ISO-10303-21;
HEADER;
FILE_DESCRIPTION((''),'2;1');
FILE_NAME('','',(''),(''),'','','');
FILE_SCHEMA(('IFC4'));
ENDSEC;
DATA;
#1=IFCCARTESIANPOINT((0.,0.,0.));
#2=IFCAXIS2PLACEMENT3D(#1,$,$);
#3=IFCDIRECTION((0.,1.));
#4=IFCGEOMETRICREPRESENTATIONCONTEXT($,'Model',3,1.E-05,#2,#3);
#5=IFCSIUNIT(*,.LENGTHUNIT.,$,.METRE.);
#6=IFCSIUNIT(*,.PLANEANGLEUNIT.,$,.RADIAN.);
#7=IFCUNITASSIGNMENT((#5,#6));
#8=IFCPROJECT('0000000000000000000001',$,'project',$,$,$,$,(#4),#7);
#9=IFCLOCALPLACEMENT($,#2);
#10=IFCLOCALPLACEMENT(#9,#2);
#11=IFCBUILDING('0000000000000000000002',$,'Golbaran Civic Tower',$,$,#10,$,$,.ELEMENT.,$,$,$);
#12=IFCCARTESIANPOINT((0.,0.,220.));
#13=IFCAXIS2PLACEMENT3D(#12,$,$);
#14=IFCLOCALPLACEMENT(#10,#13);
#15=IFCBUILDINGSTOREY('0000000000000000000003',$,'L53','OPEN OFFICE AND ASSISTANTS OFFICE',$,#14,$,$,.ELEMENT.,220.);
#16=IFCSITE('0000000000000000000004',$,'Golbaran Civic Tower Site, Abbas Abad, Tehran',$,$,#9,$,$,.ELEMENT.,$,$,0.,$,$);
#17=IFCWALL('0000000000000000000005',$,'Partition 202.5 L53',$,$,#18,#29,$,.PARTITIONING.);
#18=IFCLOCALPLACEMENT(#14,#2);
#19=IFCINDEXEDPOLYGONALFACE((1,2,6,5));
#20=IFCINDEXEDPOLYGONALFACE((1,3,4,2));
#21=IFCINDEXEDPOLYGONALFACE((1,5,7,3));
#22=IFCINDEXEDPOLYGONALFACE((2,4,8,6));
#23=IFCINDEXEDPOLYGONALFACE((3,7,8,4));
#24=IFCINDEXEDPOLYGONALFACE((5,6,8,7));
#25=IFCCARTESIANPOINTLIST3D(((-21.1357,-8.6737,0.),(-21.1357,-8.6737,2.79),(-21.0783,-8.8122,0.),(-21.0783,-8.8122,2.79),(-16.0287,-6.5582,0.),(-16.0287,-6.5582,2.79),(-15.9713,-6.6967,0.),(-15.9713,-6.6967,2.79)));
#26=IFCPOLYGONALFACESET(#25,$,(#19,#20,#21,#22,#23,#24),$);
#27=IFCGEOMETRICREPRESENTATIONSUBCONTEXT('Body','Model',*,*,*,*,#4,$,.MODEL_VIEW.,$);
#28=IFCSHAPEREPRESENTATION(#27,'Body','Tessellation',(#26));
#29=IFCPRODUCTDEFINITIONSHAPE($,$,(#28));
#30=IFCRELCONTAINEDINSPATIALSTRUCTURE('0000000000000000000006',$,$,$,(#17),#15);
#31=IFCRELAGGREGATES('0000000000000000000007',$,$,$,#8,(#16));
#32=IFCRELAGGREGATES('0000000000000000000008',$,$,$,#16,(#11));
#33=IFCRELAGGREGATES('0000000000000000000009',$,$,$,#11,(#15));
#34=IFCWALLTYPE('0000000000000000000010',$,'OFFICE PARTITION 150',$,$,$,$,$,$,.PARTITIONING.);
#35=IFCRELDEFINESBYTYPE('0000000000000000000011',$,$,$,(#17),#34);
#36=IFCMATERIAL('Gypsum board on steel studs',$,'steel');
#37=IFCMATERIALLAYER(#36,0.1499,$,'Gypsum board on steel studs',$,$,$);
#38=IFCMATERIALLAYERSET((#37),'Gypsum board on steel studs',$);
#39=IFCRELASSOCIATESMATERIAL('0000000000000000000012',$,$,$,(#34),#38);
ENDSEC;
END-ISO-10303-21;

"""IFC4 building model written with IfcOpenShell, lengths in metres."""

from ifc_helpers import new_model, si_unit, direction, frame, frame_2d, origin, place, context, subcontext, project, spatial, rectangle, extrude, material, layer, layer_set, type_object, element, save


model = new_model("IFC4")

# Units and contexts
model_context = context("Model", 3, precision=1e-05, world=origin(), true_north=direction((0.0, 1.0)))
body_context = subcontext(model_context, "Body", "Model", "MODEL_VIEW")
ifc_project = project(units=[si_unit("LENGTHUNIT", "METRE"), si_unit("PLANEANGLEUNIT", "RADIAN")], contexts=[model_context])

# Site, building, storey
site_placement = place(None, origin())
site = spatial("IfcSite", under=ifc_project, at=site_placement, Name="Golbaran Civic Tower Site, Abbas Abad, Tehran", CompositionType="ELEMENT", RefElevation=0.0)
building_placement = place(site_placement, origin())
building = spatial("IfcBuilding", under=site, at=building_placement, Name="Golbaran Civic Tower", CompositionType="ELEMENT")
storey_placement = place(building_placement, frame((0.0, 0.0, 220.0)))
storey = spatial("IfcBuildingStorey", under=building, at=storey_placement, Name="L53", Description="OPEN OFFICE AND ASSISTANTS OFFICE", CompositionType="ELEMENT", Elevation=220.0)

# Wall
ifc_material_1 = material(Name="Gypsum board on steel studs", Category="steel")
ifc_layer_1 = layer(ifc_material_1, 0.1499, Name="Gypsum board on steel studs")
ifc_layer_set_1 = layer_set([ifc_layer_1], Name="Gypsum board on steel studs")
wall_type = type_object("IfcWallType", Name="OFFICE PARTITION 150", PredefinedType="PARTITIONING", material=ifc_layer_set_1)
wall_1_placement = place(storey_placement, frame((-16.0, -6.6274, 0.0), z_axis=(0.0, 0.0, 1.0), x_axis=(-0.923872, -0.382702, 0.0)))
element("IfcWall", 1, at=wall_1_placement, inside=storey, type_object=wall_type, Name="Partition 202.5 L53", PredefinedType="PARTITIONING", context=body_context, shape_type="SweptSolid", body=[
    extrude(rectangle(XDim=5.5278, YDim=0.1499, at=frame_2d((2.7639, 0.0))), origin(), (0.0, 0.0, 1.0), 2.79),
])

save(model, "model.ifc")
